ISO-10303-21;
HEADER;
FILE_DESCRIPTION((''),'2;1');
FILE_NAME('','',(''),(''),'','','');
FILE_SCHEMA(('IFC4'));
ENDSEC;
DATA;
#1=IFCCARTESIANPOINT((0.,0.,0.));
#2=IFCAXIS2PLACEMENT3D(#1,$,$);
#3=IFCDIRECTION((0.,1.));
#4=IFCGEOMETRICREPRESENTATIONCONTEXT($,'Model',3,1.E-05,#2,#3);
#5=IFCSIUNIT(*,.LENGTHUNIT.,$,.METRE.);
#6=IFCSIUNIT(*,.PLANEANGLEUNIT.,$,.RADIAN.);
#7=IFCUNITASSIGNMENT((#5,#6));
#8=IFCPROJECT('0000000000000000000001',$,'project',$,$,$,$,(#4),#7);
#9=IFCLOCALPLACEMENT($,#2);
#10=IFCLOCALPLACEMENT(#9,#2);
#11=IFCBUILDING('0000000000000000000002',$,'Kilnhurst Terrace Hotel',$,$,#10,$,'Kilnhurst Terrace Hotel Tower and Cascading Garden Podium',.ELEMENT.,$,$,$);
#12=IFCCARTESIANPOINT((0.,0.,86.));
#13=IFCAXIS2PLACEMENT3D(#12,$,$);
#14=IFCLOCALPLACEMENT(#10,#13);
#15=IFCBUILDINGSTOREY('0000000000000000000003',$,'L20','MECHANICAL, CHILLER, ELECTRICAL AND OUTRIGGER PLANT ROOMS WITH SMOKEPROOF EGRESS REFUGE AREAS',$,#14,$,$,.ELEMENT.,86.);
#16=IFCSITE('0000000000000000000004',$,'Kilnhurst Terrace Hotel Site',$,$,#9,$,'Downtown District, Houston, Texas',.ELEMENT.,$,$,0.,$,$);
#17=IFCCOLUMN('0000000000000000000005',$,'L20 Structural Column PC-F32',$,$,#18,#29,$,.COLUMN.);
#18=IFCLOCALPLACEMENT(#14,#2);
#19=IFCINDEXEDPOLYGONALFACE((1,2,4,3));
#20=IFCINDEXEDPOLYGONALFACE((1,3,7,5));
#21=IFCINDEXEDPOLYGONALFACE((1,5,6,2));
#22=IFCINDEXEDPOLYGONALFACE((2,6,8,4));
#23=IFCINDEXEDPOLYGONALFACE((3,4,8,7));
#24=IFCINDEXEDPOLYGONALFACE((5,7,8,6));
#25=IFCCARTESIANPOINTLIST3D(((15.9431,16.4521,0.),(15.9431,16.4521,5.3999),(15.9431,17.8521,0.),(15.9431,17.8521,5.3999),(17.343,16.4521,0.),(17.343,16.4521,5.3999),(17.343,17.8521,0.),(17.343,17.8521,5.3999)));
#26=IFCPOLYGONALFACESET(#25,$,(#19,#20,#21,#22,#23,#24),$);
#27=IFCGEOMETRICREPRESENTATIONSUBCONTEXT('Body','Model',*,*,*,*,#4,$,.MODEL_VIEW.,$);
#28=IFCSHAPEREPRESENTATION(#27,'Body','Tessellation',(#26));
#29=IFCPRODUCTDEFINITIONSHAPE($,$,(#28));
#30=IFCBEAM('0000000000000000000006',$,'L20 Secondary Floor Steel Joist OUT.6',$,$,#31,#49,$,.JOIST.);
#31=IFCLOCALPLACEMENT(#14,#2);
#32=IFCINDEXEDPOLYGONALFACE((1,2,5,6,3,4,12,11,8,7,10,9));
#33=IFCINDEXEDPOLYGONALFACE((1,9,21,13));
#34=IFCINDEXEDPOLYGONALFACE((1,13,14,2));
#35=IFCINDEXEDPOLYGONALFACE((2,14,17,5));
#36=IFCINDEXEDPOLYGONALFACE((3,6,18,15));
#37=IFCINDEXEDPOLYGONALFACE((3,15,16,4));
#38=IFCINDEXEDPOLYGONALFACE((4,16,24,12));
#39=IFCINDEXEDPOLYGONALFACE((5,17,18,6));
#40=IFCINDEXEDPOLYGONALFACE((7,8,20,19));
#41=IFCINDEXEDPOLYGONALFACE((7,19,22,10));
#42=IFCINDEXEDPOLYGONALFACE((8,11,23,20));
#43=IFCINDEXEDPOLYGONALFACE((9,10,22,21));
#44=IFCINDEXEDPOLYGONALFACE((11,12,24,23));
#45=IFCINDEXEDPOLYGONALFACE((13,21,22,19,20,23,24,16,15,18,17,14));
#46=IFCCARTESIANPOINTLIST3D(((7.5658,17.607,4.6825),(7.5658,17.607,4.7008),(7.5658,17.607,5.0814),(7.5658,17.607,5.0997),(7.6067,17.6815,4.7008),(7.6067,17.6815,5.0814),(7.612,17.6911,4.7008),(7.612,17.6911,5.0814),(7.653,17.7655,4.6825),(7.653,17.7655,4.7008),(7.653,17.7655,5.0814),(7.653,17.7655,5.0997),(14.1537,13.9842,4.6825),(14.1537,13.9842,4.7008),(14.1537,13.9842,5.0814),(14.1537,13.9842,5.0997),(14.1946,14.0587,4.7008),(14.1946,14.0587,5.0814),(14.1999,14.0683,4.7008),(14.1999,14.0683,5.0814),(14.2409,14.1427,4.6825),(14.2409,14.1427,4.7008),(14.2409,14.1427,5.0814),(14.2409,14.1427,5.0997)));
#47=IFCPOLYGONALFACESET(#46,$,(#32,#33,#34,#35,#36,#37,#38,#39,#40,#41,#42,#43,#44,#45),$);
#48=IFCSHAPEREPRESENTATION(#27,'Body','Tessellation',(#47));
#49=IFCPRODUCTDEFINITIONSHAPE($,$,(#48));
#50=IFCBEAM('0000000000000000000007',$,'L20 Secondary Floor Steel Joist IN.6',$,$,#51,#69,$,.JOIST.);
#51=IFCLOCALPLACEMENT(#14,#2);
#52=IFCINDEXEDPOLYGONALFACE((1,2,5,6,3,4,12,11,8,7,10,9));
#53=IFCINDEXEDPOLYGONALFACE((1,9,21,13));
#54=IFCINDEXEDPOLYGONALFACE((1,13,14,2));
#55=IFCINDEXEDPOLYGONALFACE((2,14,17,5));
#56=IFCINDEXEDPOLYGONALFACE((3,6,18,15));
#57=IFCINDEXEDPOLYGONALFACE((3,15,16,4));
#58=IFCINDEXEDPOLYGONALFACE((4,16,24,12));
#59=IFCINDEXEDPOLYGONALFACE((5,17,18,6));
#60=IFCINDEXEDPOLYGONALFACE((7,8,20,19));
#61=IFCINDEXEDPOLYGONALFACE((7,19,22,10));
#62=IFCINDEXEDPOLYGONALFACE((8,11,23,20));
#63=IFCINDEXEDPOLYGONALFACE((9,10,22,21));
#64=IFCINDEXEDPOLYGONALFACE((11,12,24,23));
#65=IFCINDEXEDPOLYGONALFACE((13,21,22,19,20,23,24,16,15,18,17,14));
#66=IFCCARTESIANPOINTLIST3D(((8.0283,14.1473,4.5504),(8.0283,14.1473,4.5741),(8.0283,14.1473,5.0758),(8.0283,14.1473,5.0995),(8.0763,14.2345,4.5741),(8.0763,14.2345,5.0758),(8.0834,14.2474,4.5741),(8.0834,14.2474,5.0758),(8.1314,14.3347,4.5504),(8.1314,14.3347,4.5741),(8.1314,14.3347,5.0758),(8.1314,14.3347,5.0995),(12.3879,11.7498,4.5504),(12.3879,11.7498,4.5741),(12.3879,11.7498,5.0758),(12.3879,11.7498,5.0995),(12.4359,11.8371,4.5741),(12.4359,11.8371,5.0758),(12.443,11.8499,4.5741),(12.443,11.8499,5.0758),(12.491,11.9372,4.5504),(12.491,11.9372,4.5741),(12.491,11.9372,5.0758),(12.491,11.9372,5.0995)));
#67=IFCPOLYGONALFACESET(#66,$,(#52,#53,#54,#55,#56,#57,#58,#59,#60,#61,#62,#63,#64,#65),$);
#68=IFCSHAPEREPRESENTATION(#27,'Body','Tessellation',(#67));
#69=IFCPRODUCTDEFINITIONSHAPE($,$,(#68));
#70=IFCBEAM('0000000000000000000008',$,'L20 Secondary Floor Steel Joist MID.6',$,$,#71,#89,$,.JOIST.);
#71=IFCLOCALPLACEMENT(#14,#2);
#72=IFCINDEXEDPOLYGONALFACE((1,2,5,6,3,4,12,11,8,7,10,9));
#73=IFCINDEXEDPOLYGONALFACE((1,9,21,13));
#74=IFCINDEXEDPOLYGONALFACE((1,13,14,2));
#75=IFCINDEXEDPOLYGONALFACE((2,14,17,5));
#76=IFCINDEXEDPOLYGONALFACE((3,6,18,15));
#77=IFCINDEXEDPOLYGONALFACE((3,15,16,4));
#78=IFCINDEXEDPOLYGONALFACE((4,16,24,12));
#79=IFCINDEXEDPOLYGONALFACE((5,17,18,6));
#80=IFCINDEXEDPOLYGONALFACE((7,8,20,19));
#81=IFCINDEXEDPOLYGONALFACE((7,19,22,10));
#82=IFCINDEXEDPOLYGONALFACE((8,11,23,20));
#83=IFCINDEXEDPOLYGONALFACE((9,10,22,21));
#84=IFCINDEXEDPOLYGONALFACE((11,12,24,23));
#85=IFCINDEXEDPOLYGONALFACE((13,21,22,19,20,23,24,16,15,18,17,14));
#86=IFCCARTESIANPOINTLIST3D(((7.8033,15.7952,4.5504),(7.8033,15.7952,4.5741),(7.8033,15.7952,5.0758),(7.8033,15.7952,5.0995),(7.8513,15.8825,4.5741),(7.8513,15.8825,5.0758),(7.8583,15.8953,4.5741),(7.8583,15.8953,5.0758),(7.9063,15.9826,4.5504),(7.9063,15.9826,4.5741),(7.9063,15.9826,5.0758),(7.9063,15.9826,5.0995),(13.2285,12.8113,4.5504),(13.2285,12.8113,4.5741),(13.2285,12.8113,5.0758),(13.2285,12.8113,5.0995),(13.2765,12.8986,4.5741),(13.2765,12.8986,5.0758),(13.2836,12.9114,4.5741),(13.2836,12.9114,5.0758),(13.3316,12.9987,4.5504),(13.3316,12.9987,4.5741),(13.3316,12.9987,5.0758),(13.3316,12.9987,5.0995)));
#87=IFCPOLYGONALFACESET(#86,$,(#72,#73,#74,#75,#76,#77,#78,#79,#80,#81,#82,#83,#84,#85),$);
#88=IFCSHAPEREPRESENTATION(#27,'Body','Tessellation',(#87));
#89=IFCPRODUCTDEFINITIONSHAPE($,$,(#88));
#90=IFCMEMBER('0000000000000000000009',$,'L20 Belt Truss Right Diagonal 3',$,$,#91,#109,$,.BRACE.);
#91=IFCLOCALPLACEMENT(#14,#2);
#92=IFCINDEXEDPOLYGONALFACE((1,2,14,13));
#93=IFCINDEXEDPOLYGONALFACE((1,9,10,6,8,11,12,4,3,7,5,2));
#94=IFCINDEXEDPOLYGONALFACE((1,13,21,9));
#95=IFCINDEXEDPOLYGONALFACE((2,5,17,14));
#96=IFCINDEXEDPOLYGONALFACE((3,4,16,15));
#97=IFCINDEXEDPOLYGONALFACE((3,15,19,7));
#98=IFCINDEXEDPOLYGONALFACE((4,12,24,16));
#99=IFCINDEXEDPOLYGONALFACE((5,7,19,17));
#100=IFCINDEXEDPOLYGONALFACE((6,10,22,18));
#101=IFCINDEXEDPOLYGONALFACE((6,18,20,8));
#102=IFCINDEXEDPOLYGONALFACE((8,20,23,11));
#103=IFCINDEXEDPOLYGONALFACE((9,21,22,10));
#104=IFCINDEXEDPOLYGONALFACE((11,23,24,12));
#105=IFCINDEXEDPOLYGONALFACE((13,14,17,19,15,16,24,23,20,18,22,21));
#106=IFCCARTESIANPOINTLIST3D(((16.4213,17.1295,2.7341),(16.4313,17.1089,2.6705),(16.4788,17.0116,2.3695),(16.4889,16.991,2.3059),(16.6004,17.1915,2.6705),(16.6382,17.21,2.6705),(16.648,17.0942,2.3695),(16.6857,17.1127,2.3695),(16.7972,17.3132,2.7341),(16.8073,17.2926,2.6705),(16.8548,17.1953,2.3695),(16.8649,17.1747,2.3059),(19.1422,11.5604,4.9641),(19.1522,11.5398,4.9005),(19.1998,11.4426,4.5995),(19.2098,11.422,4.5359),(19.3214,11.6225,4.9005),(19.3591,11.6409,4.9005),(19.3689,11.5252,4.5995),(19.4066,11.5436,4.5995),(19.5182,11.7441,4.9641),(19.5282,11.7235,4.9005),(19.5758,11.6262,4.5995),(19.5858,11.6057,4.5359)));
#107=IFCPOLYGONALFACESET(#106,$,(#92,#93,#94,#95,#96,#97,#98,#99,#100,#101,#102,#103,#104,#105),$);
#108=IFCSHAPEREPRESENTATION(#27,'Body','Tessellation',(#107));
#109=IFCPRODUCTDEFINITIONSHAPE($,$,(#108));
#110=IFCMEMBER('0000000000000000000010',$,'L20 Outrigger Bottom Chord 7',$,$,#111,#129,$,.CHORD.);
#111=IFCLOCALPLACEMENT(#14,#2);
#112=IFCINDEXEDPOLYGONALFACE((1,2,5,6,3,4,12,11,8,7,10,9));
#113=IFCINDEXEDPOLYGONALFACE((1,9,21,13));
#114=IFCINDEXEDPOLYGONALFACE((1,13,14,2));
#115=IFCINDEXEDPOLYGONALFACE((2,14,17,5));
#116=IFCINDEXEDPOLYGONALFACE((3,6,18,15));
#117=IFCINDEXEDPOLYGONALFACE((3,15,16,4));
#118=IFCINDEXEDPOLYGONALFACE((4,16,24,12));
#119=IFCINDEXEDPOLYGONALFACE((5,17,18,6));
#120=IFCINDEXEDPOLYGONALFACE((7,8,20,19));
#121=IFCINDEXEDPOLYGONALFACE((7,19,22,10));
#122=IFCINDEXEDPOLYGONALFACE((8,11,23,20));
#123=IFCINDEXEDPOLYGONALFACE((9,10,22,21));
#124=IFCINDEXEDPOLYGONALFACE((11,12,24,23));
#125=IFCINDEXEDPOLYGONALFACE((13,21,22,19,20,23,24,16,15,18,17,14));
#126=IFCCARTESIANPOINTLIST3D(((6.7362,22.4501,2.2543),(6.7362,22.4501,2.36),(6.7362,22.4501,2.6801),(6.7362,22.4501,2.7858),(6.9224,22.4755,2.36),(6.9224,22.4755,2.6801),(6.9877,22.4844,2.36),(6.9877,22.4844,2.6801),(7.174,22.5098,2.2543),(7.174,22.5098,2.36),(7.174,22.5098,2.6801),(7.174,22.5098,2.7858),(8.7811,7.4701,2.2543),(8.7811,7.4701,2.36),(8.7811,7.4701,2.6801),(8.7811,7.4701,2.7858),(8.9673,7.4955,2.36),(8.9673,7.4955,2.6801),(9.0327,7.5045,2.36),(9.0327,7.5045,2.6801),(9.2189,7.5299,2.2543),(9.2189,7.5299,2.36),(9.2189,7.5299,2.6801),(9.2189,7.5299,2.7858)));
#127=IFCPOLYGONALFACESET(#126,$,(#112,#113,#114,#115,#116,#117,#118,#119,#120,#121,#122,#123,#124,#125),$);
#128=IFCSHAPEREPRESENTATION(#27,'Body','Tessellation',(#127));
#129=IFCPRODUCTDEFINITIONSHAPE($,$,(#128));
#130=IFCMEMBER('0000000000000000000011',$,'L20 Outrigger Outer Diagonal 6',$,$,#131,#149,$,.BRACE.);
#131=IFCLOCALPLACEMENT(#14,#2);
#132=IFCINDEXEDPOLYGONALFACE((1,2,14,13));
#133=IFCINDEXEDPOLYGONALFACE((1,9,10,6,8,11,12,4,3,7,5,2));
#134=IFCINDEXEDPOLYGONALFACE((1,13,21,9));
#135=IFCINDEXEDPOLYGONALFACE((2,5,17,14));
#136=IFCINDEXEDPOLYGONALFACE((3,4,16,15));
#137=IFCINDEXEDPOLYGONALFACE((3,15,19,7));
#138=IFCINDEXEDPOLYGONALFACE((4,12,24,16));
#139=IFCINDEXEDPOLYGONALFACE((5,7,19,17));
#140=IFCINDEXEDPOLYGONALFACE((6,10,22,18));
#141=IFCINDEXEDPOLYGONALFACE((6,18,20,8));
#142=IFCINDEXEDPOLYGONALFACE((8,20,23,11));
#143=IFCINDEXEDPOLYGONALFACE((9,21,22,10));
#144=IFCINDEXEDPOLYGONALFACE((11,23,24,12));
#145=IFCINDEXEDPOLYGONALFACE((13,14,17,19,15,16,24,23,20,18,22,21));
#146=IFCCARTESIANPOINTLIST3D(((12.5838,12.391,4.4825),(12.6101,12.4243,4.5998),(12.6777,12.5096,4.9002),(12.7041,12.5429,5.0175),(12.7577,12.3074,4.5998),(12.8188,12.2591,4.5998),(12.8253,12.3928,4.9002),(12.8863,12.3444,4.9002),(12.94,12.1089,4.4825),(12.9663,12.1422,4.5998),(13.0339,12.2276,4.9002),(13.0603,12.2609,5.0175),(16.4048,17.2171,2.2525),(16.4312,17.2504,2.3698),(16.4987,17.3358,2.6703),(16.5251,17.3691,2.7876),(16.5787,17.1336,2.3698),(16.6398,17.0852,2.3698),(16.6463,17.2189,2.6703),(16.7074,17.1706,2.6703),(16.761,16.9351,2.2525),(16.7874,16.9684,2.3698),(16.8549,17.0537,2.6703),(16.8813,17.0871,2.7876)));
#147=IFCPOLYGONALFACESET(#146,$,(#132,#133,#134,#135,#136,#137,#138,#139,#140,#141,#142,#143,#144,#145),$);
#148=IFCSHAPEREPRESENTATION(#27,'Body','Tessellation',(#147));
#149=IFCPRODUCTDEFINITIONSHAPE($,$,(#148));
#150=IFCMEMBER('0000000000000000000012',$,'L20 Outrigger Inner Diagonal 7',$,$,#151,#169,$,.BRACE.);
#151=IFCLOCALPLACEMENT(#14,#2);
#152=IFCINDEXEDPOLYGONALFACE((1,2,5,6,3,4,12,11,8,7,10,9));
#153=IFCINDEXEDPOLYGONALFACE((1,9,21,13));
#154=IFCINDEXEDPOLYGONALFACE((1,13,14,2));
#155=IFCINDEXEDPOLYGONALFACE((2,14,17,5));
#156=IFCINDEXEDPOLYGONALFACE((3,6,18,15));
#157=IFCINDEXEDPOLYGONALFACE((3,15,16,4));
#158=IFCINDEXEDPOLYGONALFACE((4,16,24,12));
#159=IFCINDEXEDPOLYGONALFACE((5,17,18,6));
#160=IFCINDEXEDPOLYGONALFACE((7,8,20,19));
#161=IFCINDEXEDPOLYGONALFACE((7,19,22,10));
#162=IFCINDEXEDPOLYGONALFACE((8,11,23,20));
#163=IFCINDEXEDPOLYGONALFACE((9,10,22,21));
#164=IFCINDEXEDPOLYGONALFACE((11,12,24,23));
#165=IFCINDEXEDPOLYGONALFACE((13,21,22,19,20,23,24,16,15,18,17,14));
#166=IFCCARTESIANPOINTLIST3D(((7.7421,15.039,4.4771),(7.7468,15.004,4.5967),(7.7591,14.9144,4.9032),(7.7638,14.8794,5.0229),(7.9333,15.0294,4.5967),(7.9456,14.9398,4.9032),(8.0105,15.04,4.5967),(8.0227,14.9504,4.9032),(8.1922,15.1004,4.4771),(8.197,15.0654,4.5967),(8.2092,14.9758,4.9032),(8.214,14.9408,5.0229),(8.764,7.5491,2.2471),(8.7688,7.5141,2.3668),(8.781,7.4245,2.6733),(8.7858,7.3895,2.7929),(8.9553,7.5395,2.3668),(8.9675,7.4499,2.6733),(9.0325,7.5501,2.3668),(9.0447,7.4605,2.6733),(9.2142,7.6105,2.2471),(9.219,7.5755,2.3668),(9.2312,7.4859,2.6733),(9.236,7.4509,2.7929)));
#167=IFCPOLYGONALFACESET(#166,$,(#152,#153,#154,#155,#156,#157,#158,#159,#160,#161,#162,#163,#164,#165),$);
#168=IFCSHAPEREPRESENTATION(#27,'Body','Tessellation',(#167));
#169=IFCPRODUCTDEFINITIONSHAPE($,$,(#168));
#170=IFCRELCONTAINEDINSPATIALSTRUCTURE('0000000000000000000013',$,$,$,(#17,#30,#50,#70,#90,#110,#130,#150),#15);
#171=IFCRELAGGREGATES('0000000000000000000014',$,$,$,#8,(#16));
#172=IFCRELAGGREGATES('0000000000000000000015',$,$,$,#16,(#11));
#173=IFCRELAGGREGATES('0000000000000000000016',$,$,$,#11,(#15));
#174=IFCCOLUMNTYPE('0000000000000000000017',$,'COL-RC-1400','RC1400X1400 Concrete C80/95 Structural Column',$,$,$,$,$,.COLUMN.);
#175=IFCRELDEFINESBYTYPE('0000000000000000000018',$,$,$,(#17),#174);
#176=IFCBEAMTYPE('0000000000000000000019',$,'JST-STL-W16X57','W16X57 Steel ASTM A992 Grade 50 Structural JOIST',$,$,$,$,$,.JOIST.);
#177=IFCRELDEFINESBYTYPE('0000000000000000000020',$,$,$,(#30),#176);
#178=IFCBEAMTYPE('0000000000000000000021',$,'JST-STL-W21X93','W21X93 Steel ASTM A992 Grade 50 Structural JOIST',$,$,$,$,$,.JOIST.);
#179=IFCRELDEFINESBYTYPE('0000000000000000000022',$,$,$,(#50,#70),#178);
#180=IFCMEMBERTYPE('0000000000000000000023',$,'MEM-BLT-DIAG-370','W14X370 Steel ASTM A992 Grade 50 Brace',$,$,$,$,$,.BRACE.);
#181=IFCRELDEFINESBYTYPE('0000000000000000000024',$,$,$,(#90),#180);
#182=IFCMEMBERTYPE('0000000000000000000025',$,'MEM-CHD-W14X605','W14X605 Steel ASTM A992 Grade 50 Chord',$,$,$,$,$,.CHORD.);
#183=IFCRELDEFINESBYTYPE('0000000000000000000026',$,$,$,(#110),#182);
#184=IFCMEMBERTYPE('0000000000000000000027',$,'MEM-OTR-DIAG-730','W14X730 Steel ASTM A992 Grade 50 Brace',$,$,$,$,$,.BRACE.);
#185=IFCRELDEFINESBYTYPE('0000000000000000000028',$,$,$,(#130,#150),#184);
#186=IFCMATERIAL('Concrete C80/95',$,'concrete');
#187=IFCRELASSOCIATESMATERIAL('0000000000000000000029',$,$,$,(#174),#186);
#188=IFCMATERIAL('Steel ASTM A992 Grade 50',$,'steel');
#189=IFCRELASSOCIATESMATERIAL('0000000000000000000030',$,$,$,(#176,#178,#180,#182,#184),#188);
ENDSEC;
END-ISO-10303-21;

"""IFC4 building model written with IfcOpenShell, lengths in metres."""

from ifc_helpers import new_model, si_unit, direction, frame, origin, origin_2d, place, context, subcontext, project, spatial, rectangle, i_section, extrude, material, material_profile, profile_set, type_object, element, save


model = new_model("IFC4")

# Units and contexts
model_context = context("Model", 3, precision=1e-05, world=origin(), true_north=direction((0.0, 1.0)))
body_context = subcontext(model_context, "Body", "Model", "MODEL_VIEW")
ifc_project = project(units=[si_unit("LENGTHUNIT", "METRE"), si_unit("PLANEANGLEUNIT", "RADIAN")], contexts=[model_context])

# Site, building, storey
site_placement = place(None, origin())
site = spatial("IfcSite", under=ifc_project, at=site_placement, Name="Kilnhurst Terrace Hotel Site", LongName="Downtown District, Houston, Texas", CompositionType="ELEMENT", RefElevation=0.0)
building_placement = place(site_placement, origin())
building = spatial("IfcBuilding", under=site, at=building_placement, Name="Kilnhurst Terrace Hotel", LongName="Kilnhurst Terrace Hotel Tower and Cascading Garden Podium", CompositionType="ELEMENT")
storey_placement = place(building_placement, frame((0.0, 0.0, 86.0)))
storey = spatial("IfcBuildingStorey", under=building, at=storey_placement, Name="L20", Description="MECHANICAL, CHILLER, ELECTRICAL AND OUTRIGGER PLANT ROOMS WITH SMOKEPROOF EGRESS REFUGE AREAS", CompositionType="ELEMENT", Elevation=86.0)

# Column
ifc_material_1 = material(Name="Concrete C80/95", Category="concrete")
ifc_material_profile_1 = material_profile(ifc_material_1, rectangle(XDim=1.3999, YDim=1.3999, at=origin_2d()), Name="RC1400X1400")
ifc_profile_set_1 = profile_set([ifc_material_profile_1], Name="Concrete C80/95")
column_type = type_object("IfcColumnType", Name="COL-RC-1400", Description="RC1400X1400 Concrete C80/95 Structural Column", PredefinedType="COLUMN", material=ifc_profile_set_1)
column_placement = place(storey_placement, frame((16.6431, 17.1521, 0.0), z_axis=(0.0, 0.0, 1.0), x_axis=(1.0, 0.0, 0.0)))
element("IfcColumn", 1, at=column_placement, inside=storey, type_object=column_type, Name="L20 Structural Column PC-F32", PredefinedType="COLUMN", context=body_context, shape_type="SweptSolid", body=[
    extrude(rectangle(XDim=1.3999, YDim=1.3999, at=origin_2d()), origin(), (0.0, 0.0, 1.0), 5.3999),
])

# Beams
ifc_material_2 = material(Name="Steel ASTM A992 Grade 50", Category="steel")
ifc_material_profile_2 = material_profile(ifc_material_2, i_section(OverallWidth=0.1809, OverallDepth=0.4172, WebThickness=0.011, FlangeThickness=0.0183, at=origin_2d()), Name="W16X57")
ifc_profile_set_2 = profile_set([ifc_material_profile_2], Name="Steel ASTM A992 Grade 50")
beam_type_1 = type_object("IfcBeamType", Name="JST-STL-W16X57", Description="W16X57 Steel ASTM A992 Grade 50 Structural JOIST", PredefinedType="JOIST", material=ifc_profile_set_2)
beam_1_placement = place(storey_placement, frame((14.1973, 14.0635, 4.8911), z_axis=(-0.876246, 0.481864, 0.0), x_axis=(-0.481864, -0.876246, 0.0)))
element("IfcBeam", 2, at=beam_1_placement, inside=storey, type_object=beam_type_1, Name="L20 Secondary Floor Steel Joist OUT.6", PredefinedType="JOIST", context=body_context, shape_type="SweptSolid", body=[
    extrude(i_section(OverallWidth=0.1809, OverallDepth=0.4172, WebThickness=0.011, FlangeThickness=0.0183, at=origin_2d()), origin(), (0.0, 0.0, 1.0), 7.5183),
])
ifc_material_profile_3 = material_profile(ifc_material_2, i_section(OverallWidth=0.2139, OverallDepth=0.5491, WebThickness=0.0146, FlangeThickness=0.0237, at=origin_2d()), Name="W21X93")
ifc_profile_set_3 = profile_set([ifc_material_profile_3], Name="Steel ASTM A992 Grade 50")
beam_type_2 = type_object("IfcBeamType", Name="JST-STL-W21X93", Description="W21X93 Steel ASTM A992 Grade 50 Structural JOIST", PredefinedType="JOIST", material=ifc_profile_set_3)
beam_2_placement = place(storey_placement, frame((12.4395, 11.8435, 4.825), z_axis=(-0.876244, 0.481868, 0.0), x_axis=(-0.481868, -0.876244, 0.0)))
element("IfcBeam", 3, at=beam_2_placement, inside=storey, type_object=beam_type_2, Name="L20 Secondary Floor Steel Joist IN.6", PredefinedType="JOIST", context=body_context, shape_type="SweptSolid", body=[
    extrude(i_section(OverallWidth=0.2139, OverallDepth=0.5491, WebThickness=0.0146, FlangeThickness=0.0237, at=origin_2d()), origin(), (0.0, 0.0, 1.0), 4.9753),
])
beam_3_placement = place(storey_placement, frame((13.28, 12.905, 4.825), z_axis=(-0.876218, 0.481916, 0.0), x_axis=(-0.481916, -0.876218, 0.0)))
element("IfcBeam", 4, at=beam_3_placement, inside=storey, type_object=beam_type_2, Name="L20 Secondary Floor Steel Joist MID.6", PredefinedType="JOIST", context=body_context, shape_type="SweptSolid", body=[
    extrude(i_section(OverallWidth=0.2139, OverallDepth=0.5491, WebThickness=0.0146, FlangeThickness=0.0237, at=origin_2d()), origin(), (0.0, 0.0, 1.0), 6.1917),
])

# Members
ifc_material_profile_4 = material_profile(ifc_material_2, i_section(OverallWidth=0.4185, OverallDepth=0.4551, WebThickness=0.042, FlangeThickness=0.0676, at=origin_2d()), Name="W14X370")
ifc_profile_set_4 = profile_set([ifc_material_profile_4], Name="Steel ASTM A992 Grade 50")
member_type_1 = type_object("IfcMemberType", Name="MEM-BLT-DIAG-370", Description="W14X370 Steel ASTM A992 Grade 50 Brace", PredefinedType="BRACE", material=ifc_profile_set_4)
member_1_placement = place(storey_placement, frame((16.6431, 17.1521, 2.52), z_axis=(0.413066, -0.845442, 0.338533), x_axis=(0.898494, 0.438986, 0.0)))
element("IfcMember", 5, at=member_1_placement, inside=storey, type_object=member_type_1, Name="L20 Belt Truss Right Diagonal 3", PredefinedType="BRACE", context=body_context, shape_type="SweptSolid", body=[
    extrude(i_section(OverallWidth=0.4185, OverallDepth=0.4551, WebThickness=0.042, FlangeThickness=0.0676, at=origin_2d()), origin(), (0.0, 0.0, 1.0), 6.5872),
])
ifc_material_profile_5 = material_profile(ifc_material_2, i_section(OverallWidth=0.4419, OverallDepth=0.5315, WebThickness=0.0659, FlangeThickness=0.1057, at=origin_2d()), Name="W14X605")
ifc_profile_set_5 = profile_set([ifc_material_profile_5], Name="Steel ASTM A992 Grade 50")
member_type_2 = type_object("IfcMemberType", Name="MEM-CHD-W14X605", Description="W14X605 Steel ASTM A992 Grade 50 Chord", PredefinedType="CHORD", material=ifc_profile_set_5)
member_2_placement = place(storey_placement, frame((9.0, 7.5, 2.52), z_axis=(-0.135256, 0.990811, 0.0), x_axis=(-0.990811, -0.135256, 0.0)))
element("IfcMember", 6, at=member_2_placement, inside=storey, type_object=member_type_2, Name="L20 Outrigger Bottom Chord 7", PredefinedType="CHORD", context=body_context, shape_type="SweptSolid", body=[
    extrude(i_section(OverallWidth=0.4419, OverallDepth=0.5315, WebThickness=0.0659, FlangeThickness=0.1057, at=origin_2d()), origin(), (0.0, 0.0, 1.0), 15.1189),
])
ifc_material_profile_6 = material_profile(ifc_material_2, i_section(OverallWidth=0.4543, OverallDepth=0.5691, WebThickness=0.0779, FlangeThickness=0.1248, at=origin_2d()), Name="W14X730")
ifc_profile_set_6 = profile_set([ifc_material_profile_6], Name="Steel ASTM A992 Grade 50")
member_type_3 = type_object("IfcMemberType", Name="MEM-OTR-DIAG-730", Description="W14X730 Steel ASTM A992 Grade 50 Brace", PredefinedType="BRACE", material=ifc_profile_set_6)
member_3_placement = place(storey_placement, frame((12.822, 12.3259, 4.75), z_axis=(0.58362, 0.737141, -0.340603), x_axis=(-0.78402, 0.620735, 0.0)))
element("IfcMember", 7, at=member_3_placement, inside=storey, type_object=member_type_3, Name="L20 Outrigger Outer Diagonal 6", PredefinedType="BRACE", context=body_context, shape_type="SweptSolid", body=[
    extrude(i_section(OverallWidth=0.4543, OverallDepth=0.5691, WebThickness=0.0779, FlangeThickness=0.1248, at=origin_2d()), origin(), (0.0, 0.0, 1.0), 6.5471),
])
member_4_placement = place(storey_placement, frame((9.0, 7.5, 2.52), z_axis=(-0.129668, 0.950332, 0.282941), x_axis=(-0.990819, -0.135192, 0.0)))
element("IfcMember", 8, at=member_4_placement, inside=storey, type_object=member_type_3, Name="L20 Outrigger Inner Diagonal 7", PredefinedType="BRACE", context=body_context, shape_type="SweptSolid", body=[
    extrude(i_section(OverallWidth=0.4543, OverallDepth=0.5691, WebThickness=0.0779, FlangeThickness=0.1248, at=origin_2d()), origin(), (0.0, 0.0, 1.0), 7.8813),
])

save(model, "model.ifc")
